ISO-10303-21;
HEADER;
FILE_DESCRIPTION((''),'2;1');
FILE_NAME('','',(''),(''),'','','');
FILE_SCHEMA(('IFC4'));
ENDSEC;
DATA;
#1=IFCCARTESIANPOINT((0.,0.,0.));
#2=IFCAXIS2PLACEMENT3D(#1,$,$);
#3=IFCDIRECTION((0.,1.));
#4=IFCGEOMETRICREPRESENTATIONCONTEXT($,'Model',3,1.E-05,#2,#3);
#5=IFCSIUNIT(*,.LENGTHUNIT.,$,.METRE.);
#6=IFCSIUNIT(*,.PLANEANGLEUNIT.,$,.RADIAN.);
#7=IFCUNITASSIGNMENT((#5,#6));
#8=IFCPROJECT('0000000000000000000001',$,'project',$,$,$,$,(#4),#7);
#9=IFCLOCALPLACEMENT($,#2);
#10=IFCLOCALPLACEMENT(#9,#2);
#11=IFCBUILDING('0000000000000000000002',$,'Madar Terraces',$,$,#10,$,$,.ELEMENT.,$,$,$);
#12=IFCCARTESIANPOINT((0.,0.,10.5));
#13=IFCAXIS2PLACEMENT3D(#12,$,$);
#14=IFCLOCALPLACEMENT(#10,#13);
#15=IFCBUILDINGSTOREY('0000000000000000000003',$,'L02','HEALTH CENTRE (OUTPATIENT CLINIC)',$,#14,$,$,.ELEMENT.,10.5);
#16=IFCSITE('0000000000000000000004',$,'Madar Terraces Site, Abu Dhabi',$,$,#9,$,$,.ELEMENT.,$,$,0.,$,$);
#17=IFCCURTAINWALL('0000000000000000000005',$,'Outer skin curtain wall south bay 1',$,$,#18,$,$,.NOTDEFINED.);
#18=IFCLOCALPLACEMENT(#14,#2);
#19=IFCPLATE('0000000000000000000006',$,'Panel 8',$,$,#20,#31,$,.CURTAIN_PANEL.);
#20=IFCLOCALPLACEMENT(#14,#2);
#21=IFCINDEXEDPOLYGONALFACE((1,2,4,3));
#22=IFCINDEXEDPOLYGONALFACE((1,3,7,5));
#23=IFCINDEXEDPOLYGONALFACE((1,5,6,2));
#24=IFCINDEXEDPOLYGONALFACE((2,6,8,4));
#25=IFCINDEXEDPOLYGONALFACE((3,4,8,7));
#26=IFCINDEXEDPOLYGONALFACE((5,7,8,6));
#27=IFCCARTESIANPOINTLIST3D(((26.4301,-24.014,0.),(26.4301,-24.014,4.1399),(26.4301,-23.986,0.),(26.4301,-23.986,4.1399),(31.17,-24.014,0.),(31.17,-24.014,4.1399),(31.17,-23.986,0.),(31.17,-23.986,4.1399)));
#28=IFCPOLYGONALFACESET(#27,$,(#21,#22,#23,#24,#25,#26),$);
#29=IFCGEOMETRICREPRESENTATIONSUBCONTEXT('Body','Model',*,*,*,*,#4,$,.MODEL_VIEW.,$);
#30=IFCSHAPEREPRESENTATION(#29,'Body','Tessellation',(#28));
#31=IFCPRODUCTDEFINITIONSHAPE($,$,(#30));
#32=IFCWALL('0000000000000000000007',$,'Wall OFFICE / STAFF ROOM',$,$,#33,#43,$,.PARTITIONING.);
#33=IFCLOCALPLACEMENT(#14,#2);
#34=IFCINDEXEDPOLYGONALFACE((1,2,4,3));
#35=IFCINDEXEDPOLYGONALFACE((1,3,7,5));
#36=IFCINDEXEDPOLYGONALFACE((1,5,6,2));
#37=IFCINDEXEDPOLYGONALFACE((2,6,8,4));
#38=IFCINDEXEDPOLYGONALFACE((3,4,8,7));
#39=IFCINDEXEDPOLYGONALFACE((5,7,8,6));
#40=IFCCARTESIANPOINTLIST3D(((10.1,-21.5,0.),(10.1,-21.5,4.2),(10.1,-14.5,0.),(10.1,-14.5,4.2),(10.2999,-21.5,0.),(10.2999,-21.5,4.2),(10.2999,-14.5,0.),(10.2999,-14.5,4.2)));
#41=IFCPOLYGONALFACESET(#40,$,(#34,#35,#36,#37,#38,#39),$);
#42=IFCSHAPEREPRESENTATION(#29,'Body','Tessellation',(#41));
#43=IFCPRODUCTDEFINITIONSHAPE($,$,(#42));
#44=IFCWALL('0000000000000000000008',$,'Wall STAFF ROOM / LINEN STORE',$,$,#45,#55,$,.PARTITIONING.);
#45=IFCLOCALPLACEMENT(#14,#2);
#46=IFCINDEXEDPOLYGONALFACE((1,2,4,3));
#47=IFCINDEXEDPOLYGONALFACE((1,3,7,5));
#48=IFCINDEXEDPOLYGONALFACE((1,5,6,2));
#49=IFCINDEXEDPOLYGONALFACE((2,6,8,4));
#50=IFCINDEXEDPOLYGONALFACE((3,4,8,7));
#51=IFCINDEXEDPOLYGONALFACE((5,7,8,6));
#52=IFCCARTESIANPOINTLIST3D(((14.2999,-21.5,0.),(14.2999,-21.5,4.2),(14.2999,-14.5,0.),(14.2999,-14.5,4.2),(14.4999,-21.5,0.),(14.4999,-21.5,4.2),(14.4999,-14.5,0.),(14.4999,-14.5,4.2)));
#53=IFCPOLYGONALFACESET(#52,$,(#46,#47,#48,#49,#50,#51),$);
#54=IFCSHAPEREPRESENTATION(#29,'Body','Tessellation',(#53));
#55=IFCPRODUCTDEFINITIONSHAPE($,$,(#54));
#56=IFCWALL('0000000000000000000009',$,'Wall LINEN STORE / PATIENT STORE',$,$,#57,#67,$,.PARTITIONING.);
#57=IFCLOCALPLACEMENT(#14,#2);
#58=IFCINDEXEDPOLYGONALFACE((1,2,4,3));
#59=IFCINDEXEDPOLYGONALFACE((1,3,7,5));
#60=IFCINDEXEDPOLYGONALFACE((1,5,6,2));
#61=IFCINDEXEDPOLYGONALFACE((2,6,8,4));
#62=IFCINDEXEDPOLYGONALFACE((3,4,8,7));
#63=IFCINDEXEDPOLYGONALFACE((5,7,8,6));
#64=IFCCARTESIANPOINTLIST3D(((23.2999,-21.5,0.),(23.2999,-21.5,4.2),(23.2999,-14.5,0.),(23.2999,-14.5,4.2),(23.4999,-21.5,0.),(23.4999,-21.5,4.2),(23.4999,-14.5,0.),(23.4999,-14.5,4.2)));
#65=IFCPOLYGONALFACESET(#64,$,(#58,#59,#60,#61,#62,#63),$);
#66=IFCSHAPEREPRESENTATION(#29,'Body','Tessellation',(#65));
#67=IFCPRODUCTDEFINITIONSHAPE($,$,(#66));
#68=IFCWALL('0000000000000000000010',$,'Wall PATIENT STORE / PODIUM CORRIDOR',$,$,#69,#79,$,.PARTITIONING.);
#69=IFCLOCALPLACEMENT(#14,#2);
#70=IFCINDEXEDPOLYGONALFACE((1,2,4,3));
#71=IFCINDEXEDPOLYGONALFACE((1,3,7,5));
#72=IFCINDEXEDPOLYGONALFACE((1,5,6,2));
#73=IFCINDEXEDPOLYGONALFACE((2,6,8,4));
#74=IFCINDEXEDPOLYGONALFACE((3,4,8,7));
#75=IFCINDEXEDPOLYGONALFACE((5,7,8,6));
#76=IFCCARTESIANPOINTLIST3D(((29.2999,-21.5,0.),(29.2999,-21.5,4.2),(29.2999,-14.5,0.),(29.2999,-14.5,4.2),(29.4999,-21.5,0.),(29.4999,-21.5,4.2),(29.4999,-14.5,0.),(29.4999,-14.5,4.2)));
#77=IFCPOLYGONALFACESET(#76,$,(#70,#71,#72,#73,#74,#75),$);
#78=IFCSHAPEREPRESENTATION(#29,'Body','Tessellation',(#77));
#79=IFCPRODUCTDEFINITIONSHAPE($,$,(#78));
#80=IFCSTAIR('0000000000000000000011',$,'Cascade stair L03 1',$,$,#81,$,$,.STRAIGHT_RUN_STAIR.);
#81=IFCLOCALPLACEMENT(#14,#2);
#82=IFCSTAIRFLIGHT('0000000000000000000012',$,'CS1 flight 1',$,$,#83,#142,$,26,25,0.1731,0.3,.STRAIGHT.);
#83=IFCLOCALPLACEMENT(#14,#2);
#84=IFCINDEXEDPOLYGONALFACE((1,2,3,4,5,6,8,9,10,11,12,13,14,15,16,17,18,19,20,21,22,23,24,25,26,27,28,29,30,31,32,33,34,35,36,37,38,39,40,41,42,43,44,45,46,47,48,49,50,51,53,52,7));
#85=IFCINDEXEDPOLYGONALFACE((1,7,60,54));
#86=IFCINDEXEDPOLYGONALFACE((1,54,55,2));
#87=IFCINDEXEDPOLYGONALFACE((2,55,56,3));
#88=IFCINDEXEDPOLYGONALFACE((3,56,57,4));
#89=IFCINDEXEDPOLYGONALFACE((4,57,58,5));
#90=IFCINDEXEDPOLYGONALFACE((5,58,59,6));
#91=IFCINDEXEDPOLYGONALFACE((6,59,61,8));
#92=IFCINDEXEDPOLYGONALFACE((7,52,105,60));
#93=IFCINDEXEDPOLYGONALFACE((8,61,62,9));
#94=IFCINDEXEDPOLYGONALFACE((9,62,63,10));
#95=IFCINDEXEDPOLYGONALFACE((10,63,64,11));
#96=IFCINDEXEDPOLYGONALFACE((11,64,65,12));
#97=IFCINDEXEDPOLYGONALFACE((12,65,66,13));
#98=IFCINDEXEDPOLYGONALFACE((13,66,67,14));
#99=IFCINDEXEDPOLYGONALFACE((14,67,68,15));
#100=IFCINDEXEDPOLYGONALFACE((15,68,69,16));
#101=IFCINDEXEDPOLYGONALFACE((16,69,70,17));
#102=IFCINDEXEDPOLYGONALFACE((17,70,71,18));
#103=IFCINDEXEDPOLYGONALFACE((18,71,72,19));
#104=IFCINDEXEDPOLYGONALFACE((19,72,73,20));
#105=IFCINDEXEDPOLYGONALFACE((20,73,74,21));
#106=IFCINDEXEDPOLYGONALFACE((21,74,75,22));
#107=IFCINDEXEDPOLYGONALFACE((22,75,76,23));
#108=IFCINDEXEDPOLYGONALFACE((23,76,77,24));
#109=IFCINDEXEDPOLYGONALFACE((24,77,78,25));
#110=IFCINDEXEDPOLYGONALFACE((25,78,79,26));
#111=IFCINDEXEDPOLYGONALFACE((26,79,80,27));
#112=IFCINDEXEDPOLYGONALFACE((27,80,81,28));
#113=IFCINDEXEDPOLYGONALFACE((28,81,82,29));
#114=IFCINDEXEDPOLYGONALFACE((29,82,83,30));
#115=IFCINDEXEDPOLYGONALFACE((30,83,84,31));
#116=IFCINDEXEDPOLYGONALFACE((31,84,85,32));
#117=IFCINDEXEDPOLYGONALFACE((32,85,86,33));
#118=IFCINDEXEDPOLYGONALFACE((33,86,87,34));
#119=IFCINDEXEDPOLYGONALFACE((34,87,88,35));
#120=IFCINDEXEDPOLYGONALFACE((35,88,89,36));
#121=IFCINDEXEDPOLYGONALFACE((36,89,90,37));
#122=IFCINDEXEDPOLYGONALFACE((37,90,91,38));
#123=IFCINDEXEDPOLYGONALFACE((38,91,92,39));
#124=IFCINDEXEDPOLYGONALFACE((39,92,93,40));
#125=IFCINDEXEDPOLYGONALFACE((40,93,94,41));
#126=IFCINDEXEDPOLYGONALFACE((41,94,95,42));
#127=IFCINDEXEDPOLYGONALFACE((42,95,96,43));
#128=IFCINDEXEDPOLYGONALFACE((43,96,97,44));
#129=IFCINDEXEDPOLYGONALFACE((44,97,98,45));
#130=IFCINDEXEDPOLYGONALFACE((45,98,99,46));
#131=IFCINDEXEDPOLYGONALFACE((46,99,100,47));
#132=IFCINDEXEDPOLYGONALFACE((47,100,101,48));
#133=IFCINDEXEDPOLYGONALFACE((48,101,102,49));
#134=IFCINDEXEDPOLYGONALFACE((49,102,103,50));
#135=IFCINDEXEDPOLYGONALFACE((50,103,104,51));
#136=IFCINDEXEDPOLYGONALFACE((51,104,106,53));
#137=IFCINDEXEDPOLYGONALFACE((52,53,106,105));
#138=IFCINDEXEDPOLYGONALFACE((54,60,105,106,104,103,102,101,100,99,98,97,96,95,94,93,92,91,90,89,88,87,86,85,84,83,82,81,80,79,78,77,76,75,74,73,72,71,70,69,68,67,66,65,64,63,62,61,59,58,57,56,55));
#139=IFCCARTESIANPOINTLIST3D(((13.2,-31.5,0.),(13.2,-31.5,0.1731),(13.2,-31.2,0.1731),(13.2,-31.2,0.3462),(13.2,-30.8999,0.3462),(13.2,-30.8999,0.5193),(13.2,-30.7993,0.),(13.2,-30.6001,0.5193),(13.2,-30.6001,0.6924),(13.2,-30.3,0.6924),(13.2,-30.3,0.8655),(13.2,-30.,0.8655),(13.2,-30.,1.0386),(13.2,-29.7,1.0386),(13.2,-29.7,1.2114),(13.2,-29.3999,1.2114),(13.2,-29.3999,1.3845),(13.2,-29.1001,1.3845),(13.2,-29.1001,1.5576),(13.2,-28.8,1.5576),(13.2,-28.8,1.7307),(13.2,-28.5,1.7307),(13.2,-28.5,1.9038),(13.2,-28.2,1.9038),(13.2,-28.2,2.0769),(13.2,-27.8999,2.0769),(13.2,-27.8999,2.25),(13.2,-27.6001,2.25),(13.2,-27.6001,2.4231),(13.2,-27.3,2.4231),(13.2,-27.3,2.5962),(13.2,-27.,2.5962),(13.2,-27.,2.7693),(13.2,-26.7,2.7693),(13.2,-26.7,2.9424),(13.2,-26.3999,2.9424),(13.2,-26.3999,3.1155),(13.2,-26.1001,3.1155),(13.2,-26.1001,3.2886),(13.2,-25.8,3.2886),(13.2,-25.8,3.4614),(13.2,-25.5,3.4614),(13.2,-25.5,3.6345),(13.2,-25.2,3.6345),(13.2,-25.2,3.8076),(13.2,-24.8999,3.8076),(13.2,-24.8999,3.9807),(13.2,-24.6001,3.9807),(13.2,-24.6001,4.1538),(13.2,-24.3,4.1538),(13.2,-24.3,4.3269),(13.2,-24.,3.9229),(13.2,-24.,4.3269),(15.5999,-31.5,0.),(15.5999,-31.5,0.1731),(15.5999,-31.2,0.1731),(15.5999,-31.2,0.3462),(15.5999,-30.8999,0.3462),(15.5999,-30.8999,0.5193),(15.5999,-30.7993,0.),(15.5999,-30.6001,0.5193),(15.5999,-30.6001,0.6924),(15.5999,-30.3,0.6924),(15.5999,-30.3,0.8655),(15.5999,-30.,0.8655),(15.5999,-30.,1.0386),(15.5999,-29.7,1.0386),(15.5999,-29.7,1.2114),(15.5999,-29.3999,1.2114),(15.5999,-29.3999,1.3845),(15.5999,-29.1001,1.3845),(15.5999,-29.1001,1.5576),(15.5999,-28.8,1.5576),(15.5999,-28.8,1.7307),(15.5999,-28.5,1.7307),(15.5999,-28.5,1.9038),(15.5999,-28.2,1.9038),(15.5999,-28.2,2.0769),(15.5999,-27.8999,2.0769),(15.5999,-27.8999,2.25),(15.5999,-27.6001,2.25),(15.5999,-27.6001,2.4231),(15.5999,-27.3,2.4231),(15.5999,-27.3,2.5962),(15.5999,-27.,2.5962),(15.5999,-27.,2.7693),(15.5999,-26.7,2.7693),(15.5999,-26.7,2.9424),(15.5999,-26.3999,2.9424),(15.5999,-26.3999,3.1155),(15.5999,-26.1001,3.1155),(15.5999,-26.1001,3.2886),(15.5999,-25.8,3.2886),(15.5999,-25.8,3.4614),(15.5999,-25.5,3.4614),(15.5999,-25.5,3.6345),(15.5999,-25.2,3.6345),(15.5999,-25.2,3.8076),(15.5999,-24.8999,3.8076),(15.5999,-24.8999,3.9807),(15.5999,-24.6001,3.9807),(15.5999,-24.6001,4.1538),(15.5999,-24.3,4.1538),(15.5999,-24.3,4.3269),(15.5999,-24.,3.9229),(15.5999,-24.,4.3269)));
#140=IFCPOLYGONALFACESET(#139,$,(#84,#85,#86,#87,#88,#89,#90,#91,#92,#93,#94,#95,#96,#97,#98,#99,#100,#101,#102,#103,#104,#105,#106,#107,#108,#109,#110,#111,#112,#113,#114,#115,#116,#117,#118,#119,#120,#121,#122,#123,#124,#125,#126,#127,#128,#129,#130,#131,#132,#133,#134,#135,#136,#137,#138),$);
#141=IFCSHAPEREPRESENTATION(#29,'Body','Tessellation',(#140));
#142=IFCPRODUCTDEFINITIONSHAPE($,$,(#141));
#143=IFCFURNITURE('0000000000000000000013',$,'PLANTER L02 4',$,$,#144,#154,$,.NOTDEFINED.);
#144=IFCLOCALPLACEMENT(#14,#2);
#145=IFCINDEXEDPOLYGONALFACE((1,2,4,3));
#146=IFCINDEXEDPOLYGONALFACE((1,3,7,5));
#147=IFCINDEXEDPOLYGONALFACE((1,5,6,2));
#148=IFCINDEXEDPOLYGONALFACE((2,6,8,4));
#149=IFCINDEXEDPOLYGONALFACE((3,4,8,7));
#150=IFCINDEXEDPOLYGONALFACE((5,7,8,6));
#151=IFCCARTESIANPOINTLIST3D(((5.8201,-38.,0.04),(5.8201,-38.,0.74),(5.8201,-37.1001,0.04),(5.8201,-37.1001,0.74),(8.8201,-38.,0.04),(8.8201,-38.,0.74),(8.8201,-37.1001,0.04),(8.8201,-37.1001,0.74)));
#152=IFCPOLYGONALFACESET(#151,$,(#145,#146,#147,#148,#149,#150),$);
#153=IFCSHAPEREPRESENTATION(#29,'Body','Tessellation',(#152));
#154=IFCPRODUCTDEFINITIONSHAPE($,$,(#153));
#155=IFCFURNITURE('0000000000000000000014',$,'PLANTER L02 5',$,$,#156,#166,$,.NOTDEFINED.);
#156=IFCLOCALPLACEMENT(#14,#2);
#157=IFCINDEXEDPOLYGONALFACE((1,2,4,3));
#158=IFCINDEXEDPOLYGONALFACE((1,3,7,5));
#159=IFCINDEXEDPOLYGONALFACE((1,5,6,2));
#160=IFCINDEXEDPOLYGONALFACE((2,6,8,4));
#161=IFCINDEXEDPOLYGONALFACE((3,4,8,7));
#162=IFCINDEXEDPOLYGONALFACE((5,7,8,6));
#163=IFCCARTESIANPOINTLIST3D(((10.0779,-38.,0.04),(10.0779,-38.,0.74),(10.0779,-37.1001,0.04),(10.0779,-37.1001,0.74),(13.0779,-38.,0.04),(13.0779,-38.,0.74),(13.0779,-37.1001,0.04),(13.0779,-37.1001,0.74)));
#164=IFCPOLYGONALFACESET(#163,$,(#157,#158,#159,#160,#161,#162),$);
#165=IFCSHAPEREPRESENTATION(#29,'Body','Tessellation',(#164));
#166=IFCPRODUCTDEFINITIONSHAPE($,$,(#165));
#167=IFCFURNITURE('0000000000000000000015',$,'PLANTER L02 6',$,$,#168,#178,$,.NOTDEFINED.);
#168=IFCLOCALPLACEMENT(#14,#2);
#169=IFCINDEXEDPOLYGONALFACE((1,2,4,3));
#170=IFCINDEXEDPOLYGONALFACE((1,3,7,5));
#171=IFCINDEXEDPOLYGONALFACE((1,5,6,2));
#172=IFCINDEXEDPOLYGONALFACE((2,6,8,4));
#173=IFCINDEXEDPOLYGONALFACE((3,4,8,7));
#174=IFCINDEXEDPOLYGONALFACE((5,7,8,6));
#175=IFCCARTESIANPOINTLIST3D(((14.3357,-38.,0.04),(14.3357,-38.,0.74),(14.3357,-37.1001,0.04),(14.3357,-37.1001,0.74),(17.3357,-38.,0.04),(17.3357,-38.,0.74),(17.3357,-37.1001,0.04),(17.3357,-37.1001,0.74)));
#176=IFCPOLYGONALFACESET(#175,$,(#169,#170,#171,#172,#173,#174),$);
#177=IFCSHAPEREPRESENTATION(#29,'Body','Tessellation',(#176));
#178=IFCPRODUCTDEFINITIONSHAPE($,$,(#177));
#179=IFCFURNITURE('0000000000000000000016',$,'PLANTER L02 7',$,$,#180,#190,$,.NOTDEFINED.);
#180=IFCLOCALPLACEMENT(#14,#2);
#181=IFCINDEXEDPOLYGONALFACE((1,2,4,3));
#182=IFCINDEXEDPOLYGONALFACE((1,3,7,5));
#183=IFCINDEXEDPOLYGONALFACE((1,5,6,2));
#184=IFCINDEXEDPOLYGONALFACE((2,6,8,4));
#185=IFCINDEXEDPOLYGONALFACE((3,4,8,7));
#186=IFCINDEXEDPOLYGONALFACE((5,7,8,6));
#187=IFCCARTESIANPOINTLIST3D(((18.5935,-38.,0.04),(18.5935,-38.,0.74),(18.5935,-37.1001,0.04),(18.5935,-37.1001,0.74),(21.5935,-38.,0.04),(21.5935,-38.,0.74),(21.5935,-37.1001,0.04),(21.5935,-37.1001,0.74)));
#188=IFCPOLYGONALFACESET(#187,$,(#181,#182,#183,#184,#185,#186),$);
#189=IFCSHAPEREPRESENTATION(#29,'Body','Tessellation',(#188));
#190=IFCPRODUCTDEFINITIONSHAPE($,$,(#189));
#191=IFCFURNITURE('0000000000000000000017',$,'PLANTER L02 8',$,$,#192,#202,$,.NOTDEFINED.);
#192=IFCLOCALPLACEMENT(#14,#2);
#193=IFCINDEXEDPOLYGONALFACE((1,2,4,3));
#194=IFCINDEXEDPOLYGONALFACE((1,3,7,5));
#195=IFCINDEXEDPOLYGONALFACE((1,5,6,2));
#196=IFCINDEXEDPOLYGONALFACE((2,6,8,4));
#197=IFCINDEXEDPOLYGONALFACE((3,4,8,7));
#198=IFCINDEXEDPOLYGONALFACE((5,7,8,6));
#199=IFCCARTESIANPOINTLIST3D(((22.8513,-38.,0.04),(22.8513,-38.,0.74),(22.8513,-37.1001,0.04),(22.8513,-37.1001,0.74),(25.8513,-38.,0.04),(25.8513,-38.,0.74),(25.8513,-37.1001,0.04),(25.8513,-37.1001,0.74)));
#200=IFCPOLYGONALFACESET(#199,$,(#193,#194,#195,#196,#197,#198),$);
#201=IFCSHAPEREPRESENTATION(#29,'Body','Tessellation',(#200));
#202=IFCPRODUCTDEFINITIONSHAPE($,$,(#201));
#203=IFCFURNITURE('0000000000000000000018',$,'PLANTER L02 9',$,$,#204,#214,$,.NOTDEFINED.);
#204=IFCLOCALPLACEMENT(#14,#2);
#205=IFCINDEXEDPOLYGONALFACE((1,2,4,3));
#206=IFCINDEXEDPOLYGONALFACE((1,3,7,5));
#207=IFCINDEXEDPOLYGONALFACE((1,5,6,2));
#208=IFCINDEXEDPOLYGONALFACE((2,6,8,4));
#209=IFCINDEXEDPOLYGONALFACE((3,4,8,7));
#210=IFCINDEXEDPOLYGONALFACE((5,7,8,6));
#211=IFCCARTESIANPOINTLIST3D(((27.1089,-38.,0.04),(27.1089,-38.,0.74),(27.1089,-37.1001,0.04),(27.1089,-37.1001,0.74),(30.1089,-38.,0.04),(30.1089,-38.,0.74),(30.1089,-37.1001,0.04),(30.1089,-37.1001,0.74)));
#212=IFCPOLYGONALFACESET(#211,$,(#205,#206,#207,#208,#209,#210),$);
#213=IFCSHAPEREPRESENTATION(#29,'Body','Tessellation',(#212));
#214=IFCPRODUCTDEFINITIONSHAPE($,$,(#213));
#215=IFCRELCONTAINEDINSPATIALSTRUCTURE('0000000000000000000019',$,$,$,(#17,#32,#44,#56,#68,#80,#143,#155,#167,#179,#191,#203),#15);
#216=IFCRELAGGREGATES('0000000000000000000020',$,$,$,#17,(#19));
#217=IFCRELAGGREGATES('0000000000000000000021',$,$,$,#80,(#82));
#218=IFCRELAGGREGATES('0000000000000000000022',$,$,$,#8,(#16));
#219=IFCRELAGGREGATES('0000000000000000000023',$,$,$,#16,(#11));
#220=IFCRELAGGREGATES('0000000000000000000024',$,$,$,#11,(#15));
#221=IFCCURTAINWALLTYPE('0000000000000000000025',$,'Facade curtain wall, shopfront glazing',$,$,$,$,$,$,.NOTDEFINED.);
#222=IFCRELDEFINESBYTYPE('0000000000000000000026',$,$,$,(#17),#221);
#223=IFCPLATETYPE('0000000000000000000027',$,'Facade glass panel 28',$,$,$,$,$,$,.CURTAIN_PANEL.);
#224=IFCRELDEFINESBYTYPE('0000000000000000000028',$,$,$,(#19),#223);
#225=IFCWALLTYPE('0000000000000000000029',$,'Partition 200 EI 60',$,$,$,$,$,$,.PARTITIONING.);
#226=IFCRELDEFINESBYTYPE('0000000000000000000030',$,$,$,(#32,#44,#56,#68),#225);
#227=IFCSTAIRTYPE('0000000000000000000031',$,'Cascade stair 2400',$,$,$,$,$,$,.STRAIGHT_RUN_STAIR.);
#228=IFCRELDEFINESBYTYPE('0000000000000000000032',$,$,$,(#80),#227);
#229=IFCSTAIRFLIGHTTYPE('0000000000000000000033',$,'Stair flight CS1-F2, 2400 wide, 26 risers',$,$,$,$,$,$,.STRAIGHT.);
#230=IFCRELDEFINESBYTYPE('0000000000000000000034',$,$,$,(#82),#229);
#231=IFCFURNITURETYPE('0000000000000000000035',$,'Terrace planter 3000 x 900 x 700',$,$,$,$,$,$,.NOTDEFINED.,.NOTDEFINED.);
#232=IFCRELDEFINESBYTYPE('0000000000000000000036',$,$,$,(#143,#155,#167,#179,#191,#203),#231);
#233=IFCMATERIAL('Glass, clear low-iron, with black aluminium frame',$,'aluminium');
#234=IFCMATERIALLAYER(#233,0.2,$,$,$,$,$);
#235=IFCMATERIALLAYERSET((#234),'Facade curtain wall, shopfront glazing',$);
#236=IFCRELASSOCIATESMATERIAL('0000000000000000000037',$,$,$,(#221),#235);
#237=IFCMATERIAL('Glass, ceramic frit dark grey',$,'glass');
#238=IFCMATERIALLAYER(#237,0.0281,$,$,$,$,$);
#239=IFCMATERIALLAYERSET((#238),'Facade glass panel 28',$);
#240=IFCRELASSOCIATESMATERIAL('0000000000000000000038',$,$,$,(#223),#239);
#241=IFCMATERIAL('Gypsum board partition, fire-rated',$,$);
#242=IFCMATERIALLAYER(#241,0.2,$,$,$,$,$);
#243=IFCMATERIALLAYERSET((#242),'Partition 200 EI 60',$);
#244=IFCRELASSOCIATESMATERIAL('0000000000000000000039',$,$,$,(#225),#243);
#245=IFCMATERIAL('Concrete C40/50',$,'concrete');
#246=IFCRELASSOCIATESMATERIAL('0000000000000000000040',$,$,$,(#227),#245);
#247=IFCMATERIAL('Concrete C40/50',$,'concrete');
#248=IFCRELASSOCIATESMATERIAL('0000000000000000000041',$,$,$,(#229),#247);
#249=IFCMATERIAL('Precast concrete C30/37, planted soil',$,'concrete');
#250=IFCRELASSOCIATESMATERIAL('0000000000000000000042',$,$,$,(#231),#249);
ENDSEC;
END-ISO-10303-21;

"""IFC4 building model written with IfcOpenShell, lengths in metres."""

from ifc_helpers import new_model, si_unit, direction, frame, frame_2d, origin, origin_2d, place, context, subcontext, project, spatial, polyline, rectangle, outline, extrude, material, layer, layer_set, type_object, element, aggregate, save


model = new_model("IFC4")

# Units and contexts
model_context = context("Model", 3, precision=1e-05, world=origin(), true_north=direction((0.0, 1.0)))
body_context = subcontext(model_context, "Body", "Model", "MODEL_VIEW")
ifc_project = project(units=[si_unit("LENGTHUNIT", "METRE"), si_unit("PLANEANGLEUNIT", "RADIAN")], contexts=[model_context])

# Site, building, storey
site_placement = place(None, origin())
site = spatial("IfcSite", under=ifc_project, at=site_placement, Name="Madar Terraces Site, Abu Dhabi", CompositionType="ELEMENT", RefElevation=0.0)
building_placement = place(site_placement, origin())
building = spatial("IfcBuilding", under=site, at=building_placement, Name="Madar Terraces", CompositionType="ELEMENT")
storey_placement = place(building_placement, frame((0.0, 0.0, 10.5)))
storey = spatial("IfcBuildingStorey", under=building, at=storey_placement, Name="L02", Description="HEALTH CENTRE (OUTPATIENT CLINIC)", CompositionType="ELEMENT", Elevation=10.5)

# Curtain wall, plate
ifc_material_1 = material(Name="Glass, clear low-iron, with black aluminium frame", Category="aluminium")
ifc_layer_1 = layer(ifc_material_1, 0.2)
ifc_layer_set_1 = layer_set([ifc_layer_1], Name="Facade curtain wall, shopfront glazing")
curtain_wall_type = type_object("IfcCurtainWallType", Name="Facade curtain wall, shopfront glazing", PredefinedType="NOTDEFINED", material=ifc_layer_set_1)
curtain_wall_placement = place(storey_placement, origin())
curtain_wall = element("IfcCurtainWall", 1, at=curtain_wall_placement, inside=storey, type_object=curtain_wall_type, Name="Outer skin curtain wall south bay 1", PredefinedType="NOTDEFINED")
ifc_material_2 = material(Name="Glass, ceramic frit dark grey", Category="glass")
ifc_layer_2 = layer(ifc_material_2, 0.0281)
ifc_layer_set_2 = layer_set([ifc_layer_2], Name="Facade glass panel 28")
plate_type = type_object("IfcPlateType", Name="Facade glass panel 28", PredefinedType="CURTAIN_PANEL", material=ifc_layer_set_2)
plate_1_placement = place(storey_placement, frame((28.8, -24.0, 0.0), z_axis=(0.0, 0.0, 1.0), x_axis=(1.0, 0.0, 0.0)))
plate_1 = element("IfcPlate", 2, at=plate_1_placement, type_object=plate_type, Name="Panel 8", PredefinedType="CURTAIN_PANEL", context=body_context, shape_type="SweptSolid", body=[
    extrude(rectangle(XDim=4.74, YDim=0.0281, at=origin_2d()), origin(), (0.0, 0.0, 1.0), 4.1399),
])
aggregate(curtain_wall, [plate_1])

# Walls
ifc_material_3 = material(Name="Gypsum board partition, fire-rated")
ifc_layer_3 = layer(ifc_material_3, 0.2)
ifc_layer_set_3 = layer_set([ifc_layer_3], Name="Partition 200 EI 60")
wall_type = type_object("IfcWallType", Name="Partition 200 EI 60", PredefinedType="PARTITIONING", material=ifc_layer_set_3)
for number, where, z_axis, x_axis, name in (
    (3, (10.2, -21.5, 0.0), (0.0, 0.0, 1.0), (0.0, 1.0, 0.0), "Wall OFFICE / STAFF ROOM"),
    (4, (14.3999, -21.5, 0.0), (0.0, 0.0, 1.0), (0.0, 1.0, 0.0), "Wall STAFF ROOM / LINEN STORE"),
    (5, (23.3999, -21.5, 0.0), (0.0, 0.0, 1.0), (0.0, 1.0, 0.0), "Wall LINEN STORE / PATIENT STORE"),
    (6, (29.3999, -21.5, 0.0), (0.0, 0.0, 1.0), (0.0, 1.0, 0.0), "Wall PATIENT STORE / PODIUM CORRIDOR"),
):
    element("IfcWall", number, at=place(storey_placement, frame(where, z_axis=z_axis, x_axis=x_axis)), inside=storey, type_object=wall_type, Name=name, PredefinedType="PARTITIONING", context=body_context, shape_type="SweptSolid", body=[
        extrude(rectangle(XDim=7.0, YDim=0.2, at=frame_2d((3.5, 0.0))), origin(), (0.0, 0.0, 1.0), 4.2),
    ])

# Stair, stair flight
ifc_material_4 = material(Name="Concrete C40/50", Category="concrete")
stair_type = type_object("IfcStairType", Name="Cascade stair 2400", PredefinedType="STRAIGHT_RUN_STAIR", material=ifc_material_4)
stair_placement = place(storey_placement, origin())
stair = element("IfcStair", 7, at=stair_placement, inside=storey, type_object=stair_type, Name="Cascade stair L03 1", PredefinedType="STRAIGHT_RUN_STAIR")
ifc_material_5 = material(Name="Concrete C40/50", Category="concrete")
stair_flight_type = type_object("IfcStairFlightType", Name="Stair flight CS1-F2, 2400 wide, 26 risers", PredefinedType="STRAIGHT", material=ifc_material_5)
stair_flight_placement = place(storey_placement, frame((14.3999, -31.5, 0.0), z_axis=(0.0, 0.0, 1.0), x_axis=(0.0, 1.0, 0.0)))
stair_flight = element("IfcStairFlight", 8, at=stair_flight_placement, type_object=stair_flight_type, Name="CS1 flight 1", NumberOfRisers=26, NumberOfTreads=25, PredefinedType="STRAIGHT", RiserHeight=0.1731, TreadLength=0.3, context=body_context, shape_type="SweptSolid", body=[
    extrude(outline(polyline([(0.0, 0.0), (0.0, 0.1731), (0.3, 0.1731), (0.3, 0.3462), (0.6001, 0.3462), (0.6001, 0.5193), (0.8999, 0.5193), (0.8999, 0.6924), (1.2, 0.6924), (1.2, 0.8655), (1.5, 0.8655), (1.5, 1.0386), (1.8, 1.0386), (1.8, 1.2114), (2.1001, 1.2114), (2.1001, 1.3845), (2.3999, 1.3845), (2.3999, 1.5576), (2.7, 1.5576), (2.7, 1.7307), (3.0, 1.7307), (3.0, 1.9038), (3.3, 1.9038), (3.3, 2.0769), (3.6001, 2.0769), (3.6001, 2.25), (3.8999, 2.25), (3.8999, 2.4231), (4.2, 2.4231), (4.2, 2.5962), (4.5, 2.5962), (4.5, 2.7693), (4.8, 2.7693), (4.8, 2.9424), (5.1001, 2.9424), (5.1001, 3.1155), (5.3999, 3.1155), (5.3999, 3.2886), (5.7, 3.2886), (5.7, 3.4614), (6.0, 3.4614), (6.0, 3.6345), (6.3, 3.6345), (6.3, 3.8076), (6.6001, 3.8076), (6.6001, 3.9807), (6.8999, 3.9807), (6.8999, 4.1538), (7.2, 4.1538), (7.2, 4.3269), (7.5, 4.3269), (7.5, 4.5), (7.5, 3.9229), (0.7007, 0.0), (0.0, 0.0)])), frame((0.0, 1.2, 0.0), z_axis=(0.0, -1.0, 0.0), x_axis=(1.0, 0.0, 0.0)), (0.0, 0.0, 1.0), 2.3999),
])
aggregate(stair, [stair_flight])

# Furniture
ifc_material_6 = material(Name="Precast concrete C30/37, planted soil", Category="concrete")
furniture_type = type_object("IfcFurnitureType", Name="Terrace planter 3000 x 900 x 700", AssemblyPlace="NOTDEFINED", PredefinedType="NOTDEFINED", material=ifc_material_6)
for number, where, z_axis, x_axis, name in (
    (9, (7.3201, -37.55, 0.04), (0.0, 0.0, 1.0), (1.0, 0.0, 0.0), "PLANTER L02 4"),
    (10, (11.5779, -37.55, 0.04), (0.0, 0.0, 1.0), (1.0, 0.0, 0.0), "PLANTER L02 5"),
    (11, (15.8357, -37.55, 0.04), (0.0, 0.0, 1.0), (1.0, 0.0, 0.0), "PLANTER L02 6"),
    (12, (20.0935, -37.55, 0.04), (0.0, 0.0, 1.0), (1.0, 0.0, 0.0), "PLANTER L02 7"),
    (13, (24.3513, -37.55, 0.04), (0.0, 0.0, 1.0), (1.0, 0.0, 0.0), "PLANTER L02 8"),
    (14, (28.6089, -37.55, 0.04), (0.0, 0.0, 1.0), (1.0, 0.0, 0.0), "PLANTER L02 9"),
):
    element("IfcFurniture", number, at=place(storey_placement, frame(where, z_axis=z_axis, x_axis=x_axis)), inside=storey, type_object=furniture_type, Name=name, PredefinedType="NOTDEFINED", context=body_context, shape_type="SweptSolid", body=[
        extrude(rectangle(XDim=3.0, YDim=0.8999, at=origin_2d()), origin(), (0.0, 0.0, 1.0), 0.7),
    ])

save(model, "model.ifc")
